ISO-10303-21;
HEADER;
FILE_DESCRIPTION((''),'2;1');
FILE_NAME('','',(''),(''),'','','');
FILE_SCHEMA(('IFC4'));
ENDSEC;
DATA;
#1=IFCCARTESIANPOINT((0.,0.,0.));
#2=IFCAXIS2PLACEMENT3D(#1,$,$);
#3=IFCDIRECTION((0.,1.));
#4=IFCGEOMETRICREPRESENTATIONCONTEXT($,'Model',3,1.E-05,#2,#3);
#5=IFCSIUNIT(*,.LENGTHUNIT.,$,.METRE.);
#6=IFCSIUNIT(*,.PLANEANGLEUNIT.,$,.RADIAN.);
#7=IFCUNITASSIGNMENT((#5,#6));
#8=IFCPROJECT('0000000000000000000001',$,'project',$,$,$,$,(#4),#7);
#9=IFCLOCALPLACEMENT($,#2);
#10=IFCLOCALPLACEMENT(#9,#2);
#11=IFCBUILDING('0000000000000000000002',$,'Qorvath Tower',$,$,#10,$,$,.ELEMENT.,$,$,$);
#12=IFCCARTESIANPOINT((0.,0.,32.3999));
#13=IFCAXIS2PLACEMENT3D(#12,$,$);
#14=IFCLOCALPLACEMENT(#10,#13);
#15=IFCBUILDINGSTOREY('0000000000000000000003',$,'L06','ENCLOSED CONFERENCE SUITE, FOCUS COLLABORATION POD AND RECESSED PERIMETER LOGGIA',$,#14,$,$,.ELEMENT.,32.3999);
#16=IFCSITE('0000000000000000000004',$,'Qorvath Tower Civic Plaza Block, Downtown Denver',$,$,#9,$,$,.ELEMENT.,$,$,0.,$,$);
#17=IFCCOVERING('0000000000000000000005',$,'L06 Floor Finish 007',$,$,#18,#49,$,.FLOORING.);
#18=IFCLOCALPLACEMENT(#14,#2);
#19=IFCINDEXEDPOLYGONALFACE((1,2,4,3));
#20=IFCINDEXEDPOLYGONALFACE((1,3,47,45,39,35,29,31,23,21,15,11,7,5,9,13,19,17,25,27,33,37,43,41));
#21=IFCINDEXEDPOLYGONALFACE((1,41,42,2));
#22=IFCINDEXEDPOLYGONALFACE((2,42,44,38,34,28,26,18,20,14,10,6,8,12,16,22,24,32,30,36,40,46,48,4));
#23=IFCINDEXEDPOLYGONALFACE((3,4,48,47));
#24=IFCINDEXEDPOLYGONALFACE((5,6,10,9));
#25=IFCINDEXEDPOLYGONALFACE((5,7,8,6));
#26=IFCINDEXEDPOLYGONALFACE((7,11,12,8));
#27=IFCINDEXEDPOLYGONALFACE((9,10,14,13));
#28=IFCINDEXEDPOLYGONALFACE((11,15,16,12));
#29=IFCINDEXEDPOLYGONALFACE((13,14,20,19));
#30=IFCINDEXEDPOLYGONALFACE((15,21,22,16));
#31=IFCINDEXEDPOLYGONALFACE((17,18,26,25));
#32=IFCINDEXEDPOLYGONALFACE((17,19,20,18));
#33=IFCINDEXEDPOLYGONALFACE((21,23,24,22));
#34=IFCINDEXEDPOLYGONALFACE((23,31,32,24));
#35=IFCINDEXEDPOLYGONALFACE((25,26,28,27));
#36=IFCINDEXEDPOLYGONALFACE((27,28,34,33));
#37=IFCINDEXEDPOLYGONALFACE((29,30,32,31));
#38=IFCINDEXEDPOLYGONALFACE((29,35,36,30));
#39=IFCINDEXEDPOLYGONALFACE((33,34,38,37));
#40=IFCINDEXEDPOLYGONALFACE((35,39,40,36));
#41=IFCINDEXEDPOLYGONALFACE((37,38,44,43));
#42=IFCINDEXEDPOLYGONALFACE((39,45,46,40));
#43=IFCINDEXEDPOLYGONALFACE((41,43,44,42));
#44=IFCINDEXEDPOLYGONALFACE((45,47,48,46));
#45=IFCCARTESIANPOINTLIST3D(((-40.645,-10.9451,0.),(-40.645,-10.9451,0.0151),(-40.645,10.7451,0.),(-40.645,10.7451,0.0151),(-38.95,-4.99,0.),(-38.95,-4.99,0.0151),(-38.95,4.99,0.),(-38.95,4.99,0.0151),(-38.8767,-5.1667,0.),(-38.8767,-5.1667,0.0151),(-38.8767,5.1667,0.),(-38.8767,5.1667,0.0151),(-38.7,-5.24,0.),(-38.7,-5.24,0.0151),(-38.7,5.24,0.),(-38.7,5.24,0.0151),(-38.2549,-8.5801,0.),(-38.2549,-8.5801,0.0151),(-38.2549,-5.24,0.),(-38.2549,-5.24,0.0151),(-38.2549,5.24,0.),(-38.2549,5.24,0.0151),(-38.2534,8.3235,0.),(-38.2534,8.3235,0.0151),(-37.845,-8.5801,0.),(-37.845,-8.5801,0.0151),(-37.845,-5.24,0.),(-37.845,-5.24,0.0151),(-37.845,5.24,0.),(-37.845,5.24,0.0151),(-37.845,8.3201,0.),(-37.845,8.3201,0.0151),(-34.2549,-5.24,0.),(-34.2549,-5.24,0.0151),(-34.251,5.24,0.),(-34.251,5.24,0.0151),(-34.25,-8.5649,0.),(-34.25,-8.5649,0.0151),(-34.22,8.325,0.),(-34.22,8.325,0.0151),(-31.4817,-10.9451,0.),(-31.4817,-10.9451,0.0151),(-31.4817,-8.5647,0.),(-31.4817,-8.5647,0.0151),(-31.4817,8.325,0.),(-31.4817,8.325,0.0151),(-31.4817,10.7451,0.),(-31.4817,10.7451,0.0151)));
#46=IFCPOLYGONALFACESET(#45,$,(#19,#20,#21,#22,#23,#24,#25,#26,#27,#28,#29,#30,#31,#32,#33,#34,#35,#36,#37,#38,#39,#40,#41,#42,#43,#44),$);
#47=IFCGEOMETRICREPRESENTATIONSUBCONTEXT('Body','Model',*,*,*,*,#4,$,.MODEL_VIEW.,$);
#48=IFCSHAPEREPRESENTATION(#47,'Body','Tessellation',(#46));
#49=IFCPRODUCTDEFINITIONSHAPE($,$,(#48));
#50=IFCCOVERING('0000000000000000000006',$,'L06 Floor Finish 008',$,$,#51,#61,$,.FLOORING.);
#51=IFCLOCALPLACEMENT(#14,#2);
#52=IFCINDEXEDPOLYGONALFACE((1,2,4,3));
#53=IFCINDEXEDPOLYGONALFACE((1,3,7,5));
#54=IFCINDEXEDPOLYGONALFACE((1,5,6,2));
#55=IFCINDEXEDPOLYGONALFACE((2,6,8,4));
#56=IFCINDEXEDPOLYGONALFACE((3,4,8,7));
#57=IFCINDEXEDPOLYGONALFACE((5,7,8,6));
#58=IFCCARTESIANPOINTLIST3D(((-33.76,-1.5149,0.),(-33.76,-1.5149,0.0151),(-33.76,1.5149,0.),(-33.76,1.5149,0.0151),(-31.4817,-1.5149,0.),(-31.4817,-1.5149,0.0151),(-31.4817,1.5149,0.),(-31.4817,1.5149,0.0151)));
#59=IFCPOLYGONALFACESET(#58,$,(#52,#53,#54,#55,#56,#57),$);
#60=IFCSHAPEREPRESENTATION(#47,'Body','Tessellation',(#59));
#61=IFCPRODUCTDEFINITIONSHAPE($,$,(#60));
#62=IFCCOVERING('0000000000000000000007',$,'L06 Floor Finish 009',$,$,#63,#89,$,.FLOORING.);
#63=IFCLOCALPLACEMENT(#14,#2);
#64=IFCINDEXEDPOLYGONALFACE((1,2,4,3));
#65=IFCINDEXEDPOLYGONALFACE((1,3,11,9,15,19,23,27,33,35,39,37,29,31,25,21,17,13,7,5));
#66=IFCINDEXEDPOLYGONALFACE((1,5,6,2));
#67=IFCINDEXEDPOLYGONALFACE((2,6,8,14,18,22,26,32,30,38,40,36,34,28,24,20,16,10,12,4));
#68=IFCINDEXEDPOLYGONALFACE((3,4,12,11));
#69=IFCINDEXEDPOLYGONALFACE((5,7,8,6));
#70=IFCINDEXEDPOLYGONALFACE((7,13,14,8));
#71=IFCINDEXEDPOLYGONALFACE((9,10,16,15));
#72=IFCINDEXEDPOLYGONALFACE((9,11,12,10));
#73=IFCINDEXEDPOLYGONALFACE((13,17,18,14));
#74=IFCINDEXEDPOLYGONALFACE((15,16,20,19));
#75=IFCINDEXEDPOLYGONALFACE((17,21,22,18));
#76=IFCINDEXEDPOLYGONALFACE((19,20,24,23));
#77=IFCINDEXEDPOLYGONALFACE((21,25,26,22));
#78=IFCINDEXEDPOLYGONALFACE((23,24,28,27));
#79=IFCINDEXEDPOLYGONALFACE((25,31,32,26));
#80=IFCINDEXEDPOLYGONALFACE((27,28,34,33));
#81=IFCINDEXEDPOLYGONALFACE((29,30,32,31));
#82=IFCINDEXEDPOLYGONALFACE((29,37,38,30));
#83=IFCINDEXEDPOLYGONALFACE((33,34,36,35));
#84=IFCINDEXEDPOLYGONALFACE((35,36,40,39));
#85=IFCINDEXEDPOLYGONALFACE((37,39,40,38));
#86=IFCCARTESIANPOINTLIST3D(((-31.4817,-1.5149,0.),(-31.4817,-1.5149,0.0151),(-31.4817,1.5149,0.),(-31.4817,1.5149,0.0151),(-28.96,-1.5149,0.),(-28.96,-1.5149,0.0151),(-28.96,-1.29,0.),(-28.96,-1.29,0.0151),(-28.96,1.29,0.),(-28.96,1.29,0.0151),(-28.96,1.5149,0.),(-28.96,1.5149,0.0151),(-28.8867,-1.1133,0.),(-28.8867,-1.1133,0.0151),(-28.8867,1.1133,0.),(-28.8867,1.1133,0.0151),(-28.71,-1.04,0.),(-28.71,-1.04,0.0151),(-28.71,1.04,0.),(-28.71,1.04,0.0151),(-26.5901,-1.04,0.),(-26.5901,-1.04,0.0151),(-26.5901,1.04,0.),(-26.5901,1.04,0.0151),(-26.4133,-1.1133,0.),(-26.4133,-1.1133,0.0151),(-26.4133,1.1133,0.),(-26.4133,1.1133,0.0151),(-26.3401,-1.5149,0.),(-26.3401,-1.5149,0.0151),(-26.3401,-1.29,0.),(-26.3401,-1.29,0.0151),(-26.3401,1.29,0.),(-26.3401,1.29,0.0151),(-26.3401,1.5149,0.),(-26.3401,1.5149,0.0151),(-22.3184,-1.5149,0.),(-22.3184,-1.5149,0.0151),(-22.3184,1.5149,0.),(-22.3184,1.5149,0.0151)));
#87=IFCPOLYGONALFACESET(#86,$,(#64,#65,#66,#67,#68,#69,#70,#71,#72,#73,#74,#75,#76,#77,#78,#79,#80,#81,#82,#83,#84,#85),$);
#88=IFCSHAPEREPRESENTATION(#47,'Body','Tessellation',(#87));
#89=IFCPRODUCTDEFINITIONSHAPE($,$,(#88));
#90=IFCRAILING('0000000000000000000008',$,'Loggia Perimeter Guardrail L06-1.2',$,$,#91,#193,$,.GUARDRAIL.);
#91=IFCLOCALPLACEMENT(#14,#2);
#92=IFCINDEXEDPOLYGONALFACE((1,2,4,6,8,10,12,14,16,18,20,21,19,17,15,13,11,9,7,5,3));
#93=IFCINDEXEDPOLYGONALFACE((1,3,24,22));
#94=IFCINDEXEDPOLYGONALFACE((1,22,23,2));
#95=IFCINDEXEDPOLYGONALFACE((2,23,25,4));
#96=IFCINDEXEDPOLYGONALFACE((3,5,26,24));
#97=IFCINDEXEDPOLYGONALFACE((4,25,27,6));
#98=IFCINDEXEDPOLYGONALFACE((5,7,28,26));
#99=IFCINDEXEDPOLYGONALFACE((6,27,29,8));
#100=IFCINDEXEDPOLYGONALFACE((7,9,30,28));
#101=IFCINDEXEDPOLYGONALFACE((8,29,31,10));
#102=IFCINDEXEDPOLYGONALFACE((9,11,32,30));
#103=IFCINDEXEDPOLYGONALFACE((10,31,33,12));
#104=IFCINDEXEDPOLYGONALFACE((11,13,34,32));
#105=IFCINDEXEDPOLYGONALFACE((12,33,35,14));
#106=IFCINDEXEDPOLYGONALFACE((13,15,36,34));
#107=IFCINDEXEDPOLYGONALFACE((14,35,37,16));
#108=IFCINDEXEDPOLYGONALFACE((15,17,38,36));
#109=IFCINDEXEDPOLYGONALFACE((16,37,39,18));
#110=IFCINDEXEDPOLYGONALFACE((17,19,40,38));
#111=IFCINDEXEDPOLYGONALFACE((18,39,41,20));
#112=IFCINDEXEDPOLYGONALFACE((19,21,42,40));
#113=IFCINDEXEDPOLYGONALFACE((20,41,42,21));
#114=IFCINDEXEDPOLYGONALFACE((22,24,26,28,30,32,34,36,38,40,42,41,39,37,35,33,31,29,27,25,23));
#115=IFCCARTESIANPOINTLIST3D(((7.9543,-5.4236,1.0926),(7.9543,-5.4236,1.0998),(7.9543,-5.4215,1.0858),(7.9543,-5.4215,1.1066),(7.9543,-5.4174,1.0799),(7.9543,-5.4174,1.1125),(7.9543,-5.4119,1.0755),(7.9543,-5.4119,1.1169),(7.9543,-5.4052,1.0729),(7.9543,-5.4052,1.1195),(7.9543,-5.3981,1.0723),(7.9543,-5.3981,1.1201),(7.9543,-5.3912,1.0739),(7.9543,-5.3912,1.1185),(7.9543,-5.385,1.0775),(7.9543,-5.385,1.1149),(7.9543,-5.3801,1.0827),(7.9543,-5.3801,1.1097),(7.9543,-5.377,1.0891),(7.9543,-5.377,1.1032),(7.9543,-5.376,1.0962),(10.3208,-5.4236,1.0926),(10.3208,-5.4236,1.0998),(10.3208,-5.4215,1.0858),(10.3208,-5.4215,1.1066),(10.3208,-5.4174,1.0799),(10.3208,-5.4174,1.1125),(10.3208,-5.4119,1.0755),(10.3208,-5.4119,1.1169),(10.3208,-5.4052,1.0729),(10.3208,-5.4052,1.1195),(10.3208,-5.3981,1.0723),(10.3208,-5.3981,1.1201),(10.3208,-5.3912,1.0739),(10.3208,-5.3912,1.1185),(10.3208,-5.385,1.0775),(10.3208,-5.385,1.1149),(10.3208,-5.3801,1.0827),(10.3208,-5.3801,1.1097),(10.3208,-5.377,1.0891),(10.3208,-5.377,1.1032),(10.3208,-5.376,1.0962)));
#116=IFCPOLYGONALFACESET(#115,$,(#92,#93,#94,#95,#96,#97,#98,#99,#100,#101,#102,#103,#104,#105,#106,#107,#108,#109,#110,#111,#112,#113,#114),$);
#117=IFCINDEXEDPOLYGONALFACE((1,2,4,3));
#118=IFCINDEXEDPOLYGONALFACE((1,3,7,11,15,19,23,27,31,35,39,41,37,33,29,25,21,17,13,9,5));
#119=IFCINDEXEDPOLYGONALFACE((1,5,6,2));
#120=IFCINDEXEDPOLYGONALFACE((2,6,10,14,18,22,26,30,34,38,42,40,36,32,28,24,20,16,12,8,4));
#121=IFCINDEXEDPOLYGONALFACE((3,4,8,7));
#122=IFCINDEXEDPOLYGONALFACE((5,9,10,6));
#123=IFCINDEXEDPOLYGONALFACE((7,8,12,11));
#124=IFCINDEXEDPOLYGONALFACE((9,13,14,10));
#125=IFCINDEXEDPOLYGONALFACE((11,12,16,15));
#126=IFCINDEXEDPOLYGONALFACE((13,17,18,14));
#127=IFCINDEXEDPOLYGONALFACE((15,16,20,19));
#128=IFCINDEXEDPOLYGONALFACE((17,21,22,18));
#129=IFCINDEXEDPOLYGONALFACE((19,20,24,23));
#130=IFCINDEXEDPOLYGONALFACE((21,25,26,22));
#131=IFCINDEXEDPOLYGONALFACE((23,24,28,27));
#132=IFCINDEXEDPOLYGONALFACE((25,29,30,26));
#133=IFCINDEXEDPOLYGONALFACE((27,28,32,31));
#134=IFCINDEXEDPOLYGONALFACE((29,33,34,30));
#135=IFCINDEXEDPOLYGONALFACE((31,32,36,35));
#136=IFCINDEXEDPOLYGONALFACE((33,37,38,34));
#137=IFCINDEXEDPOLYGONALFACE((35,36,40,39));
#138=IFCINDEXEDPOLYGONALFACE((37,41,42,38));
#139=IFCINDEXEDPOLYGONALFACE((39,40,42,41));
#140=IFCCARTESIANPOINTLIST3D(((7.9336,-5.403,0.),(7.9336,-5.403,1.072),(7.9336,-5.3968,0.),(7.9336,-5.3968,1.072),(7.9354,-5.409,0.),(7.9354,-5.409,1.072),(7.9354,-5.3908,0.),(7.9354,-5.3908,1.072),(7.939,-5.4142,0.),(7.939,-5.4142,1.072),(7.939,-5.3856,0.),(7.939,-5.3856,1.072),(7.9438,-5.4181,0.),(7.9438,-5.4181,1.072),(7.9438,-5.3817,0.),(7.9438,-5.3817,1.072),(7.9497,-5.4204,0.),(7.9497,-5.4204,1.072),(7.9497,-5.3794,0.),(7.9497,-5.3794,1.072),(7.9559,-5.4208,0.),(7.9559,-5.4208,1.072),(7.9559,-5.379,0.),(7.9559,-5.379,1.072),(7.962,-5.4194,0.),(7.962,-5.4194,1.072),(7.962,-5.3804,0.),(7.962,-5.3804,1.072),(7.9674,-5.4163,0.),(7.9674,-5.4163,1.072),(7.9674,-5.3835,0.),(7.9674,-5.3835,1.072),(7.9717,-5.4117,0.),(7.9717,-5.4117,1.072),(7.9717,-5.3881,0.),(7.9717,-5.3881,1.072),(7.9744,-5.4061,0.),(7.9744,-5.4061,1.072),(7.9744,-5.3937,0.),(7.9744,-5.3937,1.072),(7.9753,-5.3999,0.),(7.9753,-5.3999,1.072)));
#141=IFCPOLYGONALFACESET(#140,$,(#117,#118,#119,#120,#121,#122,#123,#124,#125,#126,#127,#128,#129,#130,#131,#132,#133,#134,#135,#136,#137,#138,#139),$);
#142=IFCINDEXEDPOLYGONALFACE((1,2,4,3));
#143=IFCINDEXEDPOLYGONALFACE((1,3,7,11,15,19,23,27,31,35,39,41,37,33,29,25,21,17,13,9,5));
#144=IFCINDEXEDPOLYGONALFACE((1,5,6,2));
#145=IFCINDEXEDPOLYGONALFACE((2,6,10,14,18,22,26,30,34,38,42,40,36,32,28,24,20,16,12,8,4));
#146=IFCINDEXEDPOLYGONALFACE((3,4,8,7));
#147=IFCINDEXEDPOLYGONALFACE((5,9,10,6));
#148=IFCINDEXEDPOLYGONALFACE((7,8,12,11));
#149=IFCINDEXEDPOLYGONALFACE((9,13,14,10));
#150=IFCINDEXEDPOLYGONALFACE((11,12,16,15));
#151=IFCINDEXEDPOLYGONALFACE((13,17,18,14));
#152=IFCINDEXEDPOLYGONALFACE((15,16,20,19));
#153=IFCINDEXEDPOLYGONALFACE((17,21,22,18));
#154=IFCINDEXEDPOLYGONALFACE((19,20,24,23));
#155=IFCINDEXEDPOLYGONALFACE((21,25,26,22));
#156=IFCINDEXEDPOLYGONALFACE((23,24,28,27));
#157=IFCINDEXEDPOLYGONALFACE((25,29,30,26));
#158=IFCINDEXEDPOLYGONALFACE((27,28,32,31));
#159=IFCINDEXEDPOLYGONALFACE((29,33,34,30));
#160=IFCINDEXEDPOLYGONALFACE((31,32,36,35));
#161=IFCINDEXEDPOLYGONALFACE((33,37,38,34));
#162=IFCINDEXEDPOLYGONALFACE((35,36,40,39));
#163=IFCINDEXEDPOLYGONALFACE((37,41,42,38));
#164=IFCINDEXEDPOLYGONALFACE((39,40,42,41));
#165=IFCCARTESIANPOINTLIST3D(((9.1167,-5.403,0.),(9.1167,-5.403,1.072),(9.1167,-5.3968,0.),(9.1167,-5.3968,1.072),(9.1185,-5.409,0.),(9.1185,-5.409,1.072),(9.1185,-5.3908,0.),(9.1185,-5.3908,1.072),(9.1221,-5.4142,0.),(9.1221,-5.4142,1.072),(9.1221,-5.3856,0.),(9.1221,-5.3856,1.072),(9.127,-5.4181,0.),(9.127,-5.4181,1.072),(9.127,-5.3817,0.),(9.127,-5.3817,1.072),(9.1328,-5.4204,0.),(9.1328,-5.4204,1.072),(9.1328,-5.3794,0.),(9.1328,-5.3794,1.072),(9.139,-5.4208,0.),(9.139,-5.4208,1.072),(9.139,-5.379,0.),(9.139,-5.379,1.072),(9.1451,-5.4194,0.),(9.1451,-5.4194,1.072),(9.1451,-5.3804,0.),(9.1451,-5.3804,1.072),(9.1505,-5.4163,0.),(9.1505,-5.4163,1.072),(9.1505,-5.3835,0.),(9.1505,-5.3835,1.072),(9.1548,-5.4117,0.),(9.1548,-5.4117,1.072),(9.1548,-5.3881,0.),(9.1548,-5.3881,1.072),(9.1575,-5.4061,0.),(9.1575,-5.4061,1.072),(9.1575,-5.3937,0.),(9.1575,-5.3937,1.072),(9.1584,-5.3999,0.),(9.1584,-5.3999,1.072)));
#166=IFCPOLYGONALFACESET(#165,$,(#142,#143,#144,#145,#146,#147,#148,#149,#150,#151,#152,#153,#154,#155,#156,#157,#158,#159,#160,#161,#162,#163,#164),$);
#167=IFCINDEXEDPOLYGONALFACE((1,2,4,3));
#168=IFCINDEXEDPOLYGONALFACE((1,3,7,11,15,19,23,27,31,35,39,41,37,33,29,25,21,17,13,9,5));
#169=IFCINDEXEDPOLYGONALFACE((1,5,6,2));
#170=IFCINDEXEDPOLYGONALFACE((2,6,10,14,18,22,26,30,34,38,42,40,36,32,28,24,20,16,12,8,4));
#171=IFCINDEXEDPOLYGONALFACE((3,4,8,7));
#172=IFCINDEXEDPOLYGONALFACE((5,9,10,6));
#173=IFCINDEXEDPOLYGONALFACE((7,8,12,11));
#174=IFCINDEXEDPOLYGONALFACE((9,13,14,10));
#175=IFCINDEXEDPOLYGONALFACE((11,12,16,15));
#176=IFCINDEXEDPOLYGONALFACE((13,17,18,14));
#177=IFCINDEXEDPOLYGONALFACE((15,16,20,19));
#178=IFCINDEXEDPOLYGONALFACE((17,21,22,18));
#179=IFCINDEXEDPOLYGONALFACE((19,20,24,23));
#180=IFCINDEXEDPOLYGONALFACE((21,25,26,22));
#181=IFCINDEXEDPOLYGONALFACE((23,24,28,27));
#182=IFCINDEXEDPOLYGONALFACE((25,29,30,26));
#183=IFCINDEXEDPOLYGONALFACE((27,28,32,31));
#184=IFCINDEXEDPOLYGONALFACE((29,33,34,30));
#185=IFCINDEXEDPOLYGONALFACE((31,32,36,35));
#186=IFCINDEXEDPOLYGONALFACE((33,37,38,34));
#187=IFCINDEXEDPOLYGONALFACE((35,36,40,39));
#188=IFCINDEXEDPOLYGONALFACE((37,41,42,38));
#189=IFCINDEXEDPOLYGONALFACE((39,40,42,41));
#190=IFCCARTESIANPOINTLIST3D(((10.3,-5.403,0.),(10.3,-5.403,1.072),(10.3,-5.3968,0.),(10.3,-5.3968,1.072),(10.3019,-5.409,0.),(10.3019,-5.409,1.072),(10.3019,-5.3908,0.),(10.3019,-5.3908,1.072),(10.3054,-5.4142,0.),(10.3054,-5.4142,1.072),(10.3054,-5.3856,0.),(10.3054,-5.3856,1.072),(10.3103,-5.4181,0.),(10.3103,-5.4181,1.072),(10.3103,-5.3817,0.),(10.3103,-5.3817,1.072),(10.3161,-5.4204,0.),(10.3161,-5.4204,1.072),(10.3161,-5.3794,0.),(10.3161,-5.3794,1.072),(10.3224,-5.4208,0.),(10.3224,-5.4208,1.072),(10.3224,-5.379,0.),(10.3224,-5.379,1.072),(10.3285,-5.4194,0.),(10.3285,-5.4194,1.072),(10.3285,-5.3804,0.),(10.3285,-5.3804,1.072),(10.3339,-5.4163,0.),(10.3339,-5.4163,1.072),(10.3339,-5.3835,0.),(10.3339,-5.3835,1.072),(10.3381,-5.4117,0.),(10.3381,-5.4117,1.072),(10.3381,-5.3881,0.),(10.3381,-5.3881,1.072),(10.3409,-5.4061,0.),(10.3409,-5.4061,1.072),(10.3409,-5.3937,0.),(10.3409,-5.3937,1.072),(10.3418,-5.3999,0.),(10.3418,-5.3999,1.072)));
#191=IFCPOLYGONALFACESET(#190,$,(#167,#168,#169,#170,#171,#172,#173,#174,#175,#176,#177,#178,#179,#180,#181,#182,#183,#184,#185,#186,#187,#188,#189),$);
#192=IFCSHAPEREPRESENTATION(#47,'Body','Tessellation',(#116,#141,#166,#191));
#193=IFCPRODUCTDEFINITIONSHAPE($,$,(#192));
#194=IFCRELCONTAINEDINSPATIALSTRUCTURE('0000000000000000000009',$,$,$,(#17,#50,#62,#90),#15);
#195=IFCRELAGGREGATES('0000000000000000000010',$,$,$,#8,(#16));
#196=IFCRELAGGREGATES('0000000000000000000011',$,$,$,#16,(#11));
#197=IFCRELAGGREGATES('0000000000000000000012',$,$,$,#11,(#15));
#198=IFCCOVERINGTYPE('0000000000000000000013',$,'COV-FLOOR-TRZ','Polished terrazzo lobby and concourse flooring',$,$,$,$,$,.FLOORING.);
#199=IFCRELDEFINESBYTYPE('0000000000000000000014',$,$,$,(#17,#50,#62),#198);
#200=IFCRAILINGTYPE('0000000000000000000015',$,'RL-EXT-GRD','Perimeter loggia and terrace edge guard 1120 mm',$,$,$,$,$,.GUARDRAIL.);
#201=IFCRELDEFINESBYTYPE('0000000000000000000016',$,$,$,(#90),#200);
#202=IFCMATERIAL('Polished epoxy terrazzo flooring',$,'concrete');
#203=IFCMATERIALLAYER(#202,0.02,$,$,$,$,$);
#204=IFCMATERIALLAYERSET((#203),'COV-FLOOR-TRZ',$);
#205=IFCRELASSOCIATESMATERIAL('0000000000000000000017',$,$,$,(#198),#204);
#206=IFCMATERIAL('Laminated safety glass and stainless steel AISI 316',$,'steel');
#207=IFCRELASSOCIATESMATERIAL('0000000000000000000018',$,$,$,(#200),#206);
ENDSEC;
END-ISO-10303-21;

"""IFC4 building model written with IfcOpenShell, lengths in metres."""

from ifc_helpers import new_model, si_unit, direction, frame, origin, origin_2d, place, context, subcontext, project, spatial, polyline, circle, outline, extrude, material, layer, layer_set, type_object, element, save


model = new_model("IFC4")

# Units and contexts
model_context = context("Model", 3, precision=1e-05, world=origin(), true_north=direction((0.0, 1.0)))
body_context = subcontext(model_context, "Body", "Model", "MODEL_VIEW")
ifc_project = project(units=[si_unit("LENGTHUNIT", "METRE"), si_unit("PLANEANGLEUNIT", "RADIAN")], contexts=[model_context])

# Site, building, storey
site_placement = place(None, origin())
site = spatial("IfcSite", under=ifc_project, at=site_placement, Name="Qorvath Tower Civic Plaza Block, Downtown Denver", CompositionType="ELEMENT", RefElevation=0.0)
building_placement = place(site_placement, origin())
building = spatial("IfcBuilding", under=site, at=building_placement, Name="Qorvath Tower", CompositionType="ELEMENT")
storey_placement = place(building_placement, frame((0.0, 0.0, 32.3999)))
storey = spatial("IfcBuildingStorey", under=building, at=storey_placement, Name="L06", Description="ENCLOSED CONFERENCE SUITE, FOCUS COLLABORATION POD AND RECESSED PERIMETER LOGGIA", CompositionType="ELEMENT", Elevation=32.3999)

# Coverings
ifc_material_1 = material(Name="Polished epoxy terrazzo flooring", Category="concrete")
ifc_layer_1 = layer(ifc_material_1, 0.02)
ifc_layer_set_1 = layer_set([ifc_layer_1], Name="COV-FLOOR-TRZ")
covering_type_1 = type_object("IfcCoveringType", Name="COV-FLOOR-TRZ", Description="Polished terrazzo lobby and concourse flooring", PredefinedType="FLOORING", material=ifc_layer_set_1)
covering_1_placement = place(storey_placement, origin())
element("IfcCovering", 1, at=covering_1_placement, inside=storey, type_object=covering_type_1, Name="L06 Floor Finish 007", PredefinedType="FLOORING", context=body_context, shape_type="SweptSolid", body=[
    extrude(outline(polyline([(-31.4817, -10.9451), (-31.4817, -8.5647), (-34.25, -8.5649), (-34.2549, -5.24), (-37.845, -5.24), (-37.845, -8.5801), (-38.2549, -8.5801), (-38.2549, -5.24), (-38.7, -5.24), (-38.8767, -5.1667), (-38.95, -4.99), (-38.95, 4.99), (-38.8767, 5.1667), (-38.7, 5.24), (-38.2549, 5.24), (-38.2534, 8.3235), (-37.845, 8.3201), (-37.845, 5.24), (-34.251, 5.24), (-34.22, 8.325), (-31.4817, 8.325), (-31.4817, 10.7451), (-40.645, 10.7451), (-40.645, -10.9451), (-31.4817, -10.9451)])), origin(), (0.0, 0.0, 1.0), 0.0151),
])
covering_2_placement = place(storey_placement, origin())
element("IfcCovering", 2, at=covering_2_placement, inside=storey, type_object=covering_type_1, Name="L06 Floor Finish 008", PredefinedType="FLOORING", context=body_context, shape_type="SweptSolid", body=[
    extrude(outline(polyline([(-31.4817, -1.5149), (-31.4817, 1.5149), (-33.76, 1.5149), (-33.76, -1.5149), (-31.4817, -1.5149)])), origin(), (0.0, 0.0, 1.0), 0.0151),
])
covering_3_placement = place(storey_placement, origin())
element("IfcCovering", 3, at=covering_3_placement, inside=storey, type_object=covering_type_1, Name="L06 Floor Finish 009", PredefinedType="FLOORING", context=body_context, shape_type="SweptSolid", body=[
    extrude(outline(polyline([(-22.3184, -1.5149), (-22.3184, 1.5149), (-26.3401, 1.5149), (-26.3401, 1.29), (-26.4133, 1.1133), (-26.5901, 1.04), (-28.71, 1.04), (-28.8867, 1.1133), (-28.96, 1.29), (-28.96, 1.5149), (-31.4817, 1.5149), (-31.4817, -1.5149), (-28.96, -1.5149), (-28.96, -1.29), (-28.8867, -1.1133), (-28.71, -1.04), (-26.5901, -1.04), (-26.4133, -1.1133), (-26.3401, -1.29), (-26.3401, -1.5149), (-22.3184, -1.5149)])), origin(), (0.0, 0.0, 1.0), 0.0151),
])

# Railing
ifc_material_2 = material(Name="Laminated safety glass and stainless steel AISI 316", Category="steel")
railing_type = type_object("IfcRailingType", Name="RL-EXT-GRD", Description="Perimeter loggia and terrace edge guard 1120 mm", PredefinedType="GUARDRAIL", material=ifc_material_2)
railing_1_placement = place(storey_placement, frame((7.9543, -5.3999, 0.0)))
element("IfcRailing", 4, at=railing_1_placement, inside=storey, type_object=railing_type, Name="Loggia Perimeter Guardrail L06-1.2", PredefinedType="GUARDRAIL", context=body_context, shape_type="SweptSolid", body=[
    extrude(circle(Radius=0.0239, at=origin_2d()), frame((0.0, 0.0, 1.0962), z_axis=(1.0, 0.0, 0.0), x_axis=(0.0, 1.0, 0.0)), (0.0, 0.0, 1.0), 2.3665),
    extrude(circle(Radius=0.021, at=origin_2d()), origin(), (0.0, 0.0, 1.0), 1.072),
    extrude(circle(Radius=0.021, at=origin_2d()), frame((1.1831, 0.0, 0.0)), (0.0, 0.0, 1.0), 1.072),
    extrude(circle(Radius=0.021, at=origin_2d()), frame((2.3665, 0.0, 0.0)), (0.0, 0.0, 1.0), 1.072),
])

save(model, "model.ifc")
